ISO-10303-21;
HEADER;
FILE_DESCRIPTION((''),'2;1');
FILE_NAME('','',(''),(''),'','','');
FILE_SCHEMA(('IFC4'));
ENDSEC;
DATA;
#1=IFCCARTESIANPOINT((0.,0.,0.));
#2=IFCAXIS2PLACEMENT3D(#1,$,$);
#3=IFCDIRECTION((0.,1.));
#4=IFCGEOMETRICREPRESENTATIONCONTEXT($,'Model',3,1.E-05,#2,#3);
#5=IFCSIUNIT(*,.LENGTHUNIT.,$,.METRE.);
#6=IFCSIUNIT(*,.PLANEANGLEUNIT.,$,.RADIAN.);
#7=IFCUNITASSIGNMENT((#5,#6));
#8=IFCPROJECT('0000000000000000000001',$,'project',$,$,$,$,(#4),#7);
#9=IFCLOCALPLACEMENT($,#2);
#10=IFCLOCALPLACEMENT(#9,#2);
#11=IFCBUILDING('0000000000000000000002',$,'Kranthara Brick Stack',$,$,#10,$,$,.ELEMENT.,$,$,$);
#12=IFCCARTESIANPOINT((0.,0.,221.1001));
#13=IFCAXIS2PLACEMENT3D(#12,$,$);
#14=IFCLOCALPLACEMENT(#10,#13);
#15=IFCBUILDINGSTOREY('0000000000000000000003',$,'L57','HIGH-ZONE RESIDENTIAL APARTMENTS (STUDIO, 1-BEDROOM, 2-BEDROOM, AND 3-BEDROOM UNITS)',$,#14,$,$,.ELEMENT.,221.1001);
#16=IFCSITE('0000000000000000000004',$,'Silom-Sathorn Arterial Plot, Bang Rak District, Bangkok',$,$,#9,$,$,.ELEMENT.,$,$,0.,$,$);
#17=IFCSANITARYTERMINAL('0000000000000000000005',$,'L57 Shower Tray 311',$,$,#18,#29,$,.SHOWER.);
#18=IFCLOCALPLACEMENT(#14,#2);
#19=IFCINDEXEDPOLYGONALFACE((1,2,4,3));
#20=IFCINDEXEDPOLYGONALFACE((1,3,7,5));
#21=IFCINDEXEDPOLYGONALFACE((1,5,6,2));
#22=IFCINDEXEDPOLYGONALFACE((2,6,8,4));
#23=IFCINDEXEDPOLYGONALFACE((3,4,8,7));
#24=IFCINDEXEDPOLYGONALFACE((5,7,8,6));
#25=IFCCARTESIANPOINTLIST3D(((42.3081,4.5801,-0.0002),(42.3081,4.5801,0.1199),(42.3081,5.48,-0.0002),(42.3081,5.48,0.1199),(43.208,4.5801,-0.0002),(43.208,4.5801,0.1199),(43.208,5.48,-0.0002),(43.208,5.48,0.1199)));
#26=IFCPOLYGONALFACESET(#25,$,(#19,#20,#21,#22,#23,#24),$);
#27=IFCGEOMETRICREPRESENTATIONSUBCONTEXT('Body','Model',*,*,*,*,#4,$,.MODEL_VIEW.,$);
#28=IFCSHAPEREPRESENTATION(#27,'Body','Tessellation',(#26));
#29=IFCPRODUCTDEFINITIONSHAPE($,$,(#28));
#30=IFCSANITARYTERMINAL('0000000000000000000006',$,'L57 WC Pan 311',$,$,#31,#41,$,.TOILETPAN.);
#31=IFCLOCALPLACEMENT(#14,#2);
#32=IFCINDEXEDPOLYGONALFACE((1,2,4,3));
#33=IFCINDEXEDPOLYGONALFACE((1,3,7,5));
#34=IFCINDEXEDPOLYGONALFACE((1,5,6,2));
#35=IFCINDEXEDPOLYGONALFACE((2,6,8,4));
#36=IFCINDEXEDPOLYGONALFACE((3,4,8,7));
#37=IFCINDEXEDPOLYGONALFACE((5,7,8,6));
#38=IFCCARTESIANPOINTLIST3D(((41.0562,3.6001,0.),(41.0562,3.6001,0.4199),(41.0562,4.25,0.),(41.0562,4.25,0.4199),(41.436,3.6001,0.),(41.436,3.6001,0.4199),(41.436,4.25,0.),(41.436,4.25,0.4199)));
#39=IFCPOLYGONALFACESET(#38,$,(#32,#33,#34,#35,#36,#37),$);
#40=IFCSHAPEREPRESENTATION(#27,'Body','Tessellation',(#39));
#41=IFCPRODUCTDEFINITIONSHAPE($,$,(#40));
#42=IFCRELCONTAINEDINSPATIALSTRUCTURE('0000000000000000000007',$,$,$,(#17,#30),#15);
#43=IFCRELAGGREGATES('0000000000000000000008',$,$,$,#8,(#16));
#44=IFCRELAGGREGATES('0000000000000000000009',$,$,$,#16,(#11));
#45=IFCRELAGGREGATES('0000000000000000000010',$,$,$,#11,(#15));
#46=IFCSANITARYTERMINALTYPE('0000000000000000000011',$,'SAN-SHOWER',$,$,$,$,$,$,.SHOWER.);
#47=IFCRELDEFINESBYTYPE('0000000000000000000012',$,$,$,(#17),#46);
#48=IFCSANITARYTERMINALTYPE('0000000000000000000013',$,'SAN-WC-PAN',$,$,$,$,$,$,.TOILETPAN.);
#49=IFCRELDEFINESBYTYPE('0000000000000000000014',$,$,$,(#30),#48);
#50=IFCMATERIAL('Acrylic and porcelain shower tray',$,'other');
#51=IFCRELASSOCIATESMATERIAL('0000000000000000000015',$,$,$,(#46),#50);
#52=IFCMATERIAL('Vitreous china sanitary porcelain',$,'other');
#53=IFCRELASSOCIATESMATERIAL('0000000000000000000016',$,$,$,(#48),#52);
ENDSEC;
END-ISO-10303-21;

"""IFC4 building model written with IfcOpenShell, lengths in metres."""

from ifc_helpers import new_model, si_unit, direction, frame, origin, origin_2d, place, context, subcontext, project, spatial, rectangle, extrude, material, type_object, element, save


model = new_model("IFC4")

# Units and contexts
model_context = context("Model", 3, precision=1e-05, world=origin(), true_north=direction((0.0, 1.0)))
body_context = subcontext(model_context, "Body", "Model", "MODEL_VIEW")
ifc_project = project(units=[si_unit("LENGTHUNIT", "METRE"), si_unit("PLANEANGLEUNIT", "RADIAN")], contexts=[model_context])

# Site, building, storey
site_placement = place(None, origin())
site = spatial("IfcSite", under=ifc_project, at=site_placement, Name="Silom-Sathorn Arterial Plot, Bang Rak District, Bangkok", CompositionType="ELEMENT", RefElevation=0.0)
building_placement = place(site_placement, origin())
building = spatial("IfcBuilding", under=site, at=building_placement, Name="Kranthara Brick Stack", CompositionType="ELEMENT")
storey_placement = place(building_placement, frame((0.0, 0.0, 221.1001)))
storey = spatial("IfcBuildingStorey", under=building, at=storey_placement, Name="L57", Description="HIGH-ZONE RESIDENTIAL APARTMENTS (STUDIO, 1-BEDROOM, 2-BEDROOM, AND 3-BEDROOM UNITS)", CompositionType="ELEMENT", Elevation=221.1001)

# Sanitary terminals
ifc_material_1 = material(Name="Acrylic and porcelain shower tray", Category="other")
sanitary_terminal_type_1 = type_object("IfcSanitaryTerminalType", Name="SAN-SHOWER", PredefinedType="SHOWER", material=ifc_material_1)
sanitary_terminal_1_placement = place(storey_placement, frame((42.7581, 5.03, -0.0002), z_axis=(0.0, 0.0, 1.0), x_axis=(1.0, 0.0, 0.0)))
element("IfcSanitaryTerminal", 1, at=sanitary_terminal_1_placement, inside=storey, type_object=sanitary_terminal_type_1, Name="L57 Shower Tray 311", PredefinedType="SHOWER", context=body_context, shape_type="SweptSolid", body=[
    extrude(rectangle(XDim=0.8999, YDim=0.8999, at=origin_2d()), origin(), (0.0, 0.0, 1.0), 0.1201),
])
ifc_material_2 = material(Name="Vitreous china sanitary porcelain", Category="other")
sanitary_terminal_type_2 = type_object("IfcSanitaryTerminalType", Name="SAN-WC-PAN", PredefinedType="TOILETPAN", material=ifc_material_2)
sanitary_terminal_2_placement = place(storey_placement, frame((41.2461, 3.925, 0.0), z_axis=(0.0, 0.0, 1.0), x_axis=(1.0, 0.0, 0.0)))
element("IfcSanitaryTerminal", 2, at=sanitary_terminal_2_placement, inside=storey, type_object=sanitary_terminal_type_2, Name="L57 WC Pan 311", PredefinedType="TOILETPAN", context=body_context, shape_type="SweptSolid", body=[
    extrude(rectangle(XDim=0.3799, YDim=0.6499, at=origin_2d()), origin(), (0.0, 0.0, 1.0), 0.4199),
])

save(model, "model.ifc")
